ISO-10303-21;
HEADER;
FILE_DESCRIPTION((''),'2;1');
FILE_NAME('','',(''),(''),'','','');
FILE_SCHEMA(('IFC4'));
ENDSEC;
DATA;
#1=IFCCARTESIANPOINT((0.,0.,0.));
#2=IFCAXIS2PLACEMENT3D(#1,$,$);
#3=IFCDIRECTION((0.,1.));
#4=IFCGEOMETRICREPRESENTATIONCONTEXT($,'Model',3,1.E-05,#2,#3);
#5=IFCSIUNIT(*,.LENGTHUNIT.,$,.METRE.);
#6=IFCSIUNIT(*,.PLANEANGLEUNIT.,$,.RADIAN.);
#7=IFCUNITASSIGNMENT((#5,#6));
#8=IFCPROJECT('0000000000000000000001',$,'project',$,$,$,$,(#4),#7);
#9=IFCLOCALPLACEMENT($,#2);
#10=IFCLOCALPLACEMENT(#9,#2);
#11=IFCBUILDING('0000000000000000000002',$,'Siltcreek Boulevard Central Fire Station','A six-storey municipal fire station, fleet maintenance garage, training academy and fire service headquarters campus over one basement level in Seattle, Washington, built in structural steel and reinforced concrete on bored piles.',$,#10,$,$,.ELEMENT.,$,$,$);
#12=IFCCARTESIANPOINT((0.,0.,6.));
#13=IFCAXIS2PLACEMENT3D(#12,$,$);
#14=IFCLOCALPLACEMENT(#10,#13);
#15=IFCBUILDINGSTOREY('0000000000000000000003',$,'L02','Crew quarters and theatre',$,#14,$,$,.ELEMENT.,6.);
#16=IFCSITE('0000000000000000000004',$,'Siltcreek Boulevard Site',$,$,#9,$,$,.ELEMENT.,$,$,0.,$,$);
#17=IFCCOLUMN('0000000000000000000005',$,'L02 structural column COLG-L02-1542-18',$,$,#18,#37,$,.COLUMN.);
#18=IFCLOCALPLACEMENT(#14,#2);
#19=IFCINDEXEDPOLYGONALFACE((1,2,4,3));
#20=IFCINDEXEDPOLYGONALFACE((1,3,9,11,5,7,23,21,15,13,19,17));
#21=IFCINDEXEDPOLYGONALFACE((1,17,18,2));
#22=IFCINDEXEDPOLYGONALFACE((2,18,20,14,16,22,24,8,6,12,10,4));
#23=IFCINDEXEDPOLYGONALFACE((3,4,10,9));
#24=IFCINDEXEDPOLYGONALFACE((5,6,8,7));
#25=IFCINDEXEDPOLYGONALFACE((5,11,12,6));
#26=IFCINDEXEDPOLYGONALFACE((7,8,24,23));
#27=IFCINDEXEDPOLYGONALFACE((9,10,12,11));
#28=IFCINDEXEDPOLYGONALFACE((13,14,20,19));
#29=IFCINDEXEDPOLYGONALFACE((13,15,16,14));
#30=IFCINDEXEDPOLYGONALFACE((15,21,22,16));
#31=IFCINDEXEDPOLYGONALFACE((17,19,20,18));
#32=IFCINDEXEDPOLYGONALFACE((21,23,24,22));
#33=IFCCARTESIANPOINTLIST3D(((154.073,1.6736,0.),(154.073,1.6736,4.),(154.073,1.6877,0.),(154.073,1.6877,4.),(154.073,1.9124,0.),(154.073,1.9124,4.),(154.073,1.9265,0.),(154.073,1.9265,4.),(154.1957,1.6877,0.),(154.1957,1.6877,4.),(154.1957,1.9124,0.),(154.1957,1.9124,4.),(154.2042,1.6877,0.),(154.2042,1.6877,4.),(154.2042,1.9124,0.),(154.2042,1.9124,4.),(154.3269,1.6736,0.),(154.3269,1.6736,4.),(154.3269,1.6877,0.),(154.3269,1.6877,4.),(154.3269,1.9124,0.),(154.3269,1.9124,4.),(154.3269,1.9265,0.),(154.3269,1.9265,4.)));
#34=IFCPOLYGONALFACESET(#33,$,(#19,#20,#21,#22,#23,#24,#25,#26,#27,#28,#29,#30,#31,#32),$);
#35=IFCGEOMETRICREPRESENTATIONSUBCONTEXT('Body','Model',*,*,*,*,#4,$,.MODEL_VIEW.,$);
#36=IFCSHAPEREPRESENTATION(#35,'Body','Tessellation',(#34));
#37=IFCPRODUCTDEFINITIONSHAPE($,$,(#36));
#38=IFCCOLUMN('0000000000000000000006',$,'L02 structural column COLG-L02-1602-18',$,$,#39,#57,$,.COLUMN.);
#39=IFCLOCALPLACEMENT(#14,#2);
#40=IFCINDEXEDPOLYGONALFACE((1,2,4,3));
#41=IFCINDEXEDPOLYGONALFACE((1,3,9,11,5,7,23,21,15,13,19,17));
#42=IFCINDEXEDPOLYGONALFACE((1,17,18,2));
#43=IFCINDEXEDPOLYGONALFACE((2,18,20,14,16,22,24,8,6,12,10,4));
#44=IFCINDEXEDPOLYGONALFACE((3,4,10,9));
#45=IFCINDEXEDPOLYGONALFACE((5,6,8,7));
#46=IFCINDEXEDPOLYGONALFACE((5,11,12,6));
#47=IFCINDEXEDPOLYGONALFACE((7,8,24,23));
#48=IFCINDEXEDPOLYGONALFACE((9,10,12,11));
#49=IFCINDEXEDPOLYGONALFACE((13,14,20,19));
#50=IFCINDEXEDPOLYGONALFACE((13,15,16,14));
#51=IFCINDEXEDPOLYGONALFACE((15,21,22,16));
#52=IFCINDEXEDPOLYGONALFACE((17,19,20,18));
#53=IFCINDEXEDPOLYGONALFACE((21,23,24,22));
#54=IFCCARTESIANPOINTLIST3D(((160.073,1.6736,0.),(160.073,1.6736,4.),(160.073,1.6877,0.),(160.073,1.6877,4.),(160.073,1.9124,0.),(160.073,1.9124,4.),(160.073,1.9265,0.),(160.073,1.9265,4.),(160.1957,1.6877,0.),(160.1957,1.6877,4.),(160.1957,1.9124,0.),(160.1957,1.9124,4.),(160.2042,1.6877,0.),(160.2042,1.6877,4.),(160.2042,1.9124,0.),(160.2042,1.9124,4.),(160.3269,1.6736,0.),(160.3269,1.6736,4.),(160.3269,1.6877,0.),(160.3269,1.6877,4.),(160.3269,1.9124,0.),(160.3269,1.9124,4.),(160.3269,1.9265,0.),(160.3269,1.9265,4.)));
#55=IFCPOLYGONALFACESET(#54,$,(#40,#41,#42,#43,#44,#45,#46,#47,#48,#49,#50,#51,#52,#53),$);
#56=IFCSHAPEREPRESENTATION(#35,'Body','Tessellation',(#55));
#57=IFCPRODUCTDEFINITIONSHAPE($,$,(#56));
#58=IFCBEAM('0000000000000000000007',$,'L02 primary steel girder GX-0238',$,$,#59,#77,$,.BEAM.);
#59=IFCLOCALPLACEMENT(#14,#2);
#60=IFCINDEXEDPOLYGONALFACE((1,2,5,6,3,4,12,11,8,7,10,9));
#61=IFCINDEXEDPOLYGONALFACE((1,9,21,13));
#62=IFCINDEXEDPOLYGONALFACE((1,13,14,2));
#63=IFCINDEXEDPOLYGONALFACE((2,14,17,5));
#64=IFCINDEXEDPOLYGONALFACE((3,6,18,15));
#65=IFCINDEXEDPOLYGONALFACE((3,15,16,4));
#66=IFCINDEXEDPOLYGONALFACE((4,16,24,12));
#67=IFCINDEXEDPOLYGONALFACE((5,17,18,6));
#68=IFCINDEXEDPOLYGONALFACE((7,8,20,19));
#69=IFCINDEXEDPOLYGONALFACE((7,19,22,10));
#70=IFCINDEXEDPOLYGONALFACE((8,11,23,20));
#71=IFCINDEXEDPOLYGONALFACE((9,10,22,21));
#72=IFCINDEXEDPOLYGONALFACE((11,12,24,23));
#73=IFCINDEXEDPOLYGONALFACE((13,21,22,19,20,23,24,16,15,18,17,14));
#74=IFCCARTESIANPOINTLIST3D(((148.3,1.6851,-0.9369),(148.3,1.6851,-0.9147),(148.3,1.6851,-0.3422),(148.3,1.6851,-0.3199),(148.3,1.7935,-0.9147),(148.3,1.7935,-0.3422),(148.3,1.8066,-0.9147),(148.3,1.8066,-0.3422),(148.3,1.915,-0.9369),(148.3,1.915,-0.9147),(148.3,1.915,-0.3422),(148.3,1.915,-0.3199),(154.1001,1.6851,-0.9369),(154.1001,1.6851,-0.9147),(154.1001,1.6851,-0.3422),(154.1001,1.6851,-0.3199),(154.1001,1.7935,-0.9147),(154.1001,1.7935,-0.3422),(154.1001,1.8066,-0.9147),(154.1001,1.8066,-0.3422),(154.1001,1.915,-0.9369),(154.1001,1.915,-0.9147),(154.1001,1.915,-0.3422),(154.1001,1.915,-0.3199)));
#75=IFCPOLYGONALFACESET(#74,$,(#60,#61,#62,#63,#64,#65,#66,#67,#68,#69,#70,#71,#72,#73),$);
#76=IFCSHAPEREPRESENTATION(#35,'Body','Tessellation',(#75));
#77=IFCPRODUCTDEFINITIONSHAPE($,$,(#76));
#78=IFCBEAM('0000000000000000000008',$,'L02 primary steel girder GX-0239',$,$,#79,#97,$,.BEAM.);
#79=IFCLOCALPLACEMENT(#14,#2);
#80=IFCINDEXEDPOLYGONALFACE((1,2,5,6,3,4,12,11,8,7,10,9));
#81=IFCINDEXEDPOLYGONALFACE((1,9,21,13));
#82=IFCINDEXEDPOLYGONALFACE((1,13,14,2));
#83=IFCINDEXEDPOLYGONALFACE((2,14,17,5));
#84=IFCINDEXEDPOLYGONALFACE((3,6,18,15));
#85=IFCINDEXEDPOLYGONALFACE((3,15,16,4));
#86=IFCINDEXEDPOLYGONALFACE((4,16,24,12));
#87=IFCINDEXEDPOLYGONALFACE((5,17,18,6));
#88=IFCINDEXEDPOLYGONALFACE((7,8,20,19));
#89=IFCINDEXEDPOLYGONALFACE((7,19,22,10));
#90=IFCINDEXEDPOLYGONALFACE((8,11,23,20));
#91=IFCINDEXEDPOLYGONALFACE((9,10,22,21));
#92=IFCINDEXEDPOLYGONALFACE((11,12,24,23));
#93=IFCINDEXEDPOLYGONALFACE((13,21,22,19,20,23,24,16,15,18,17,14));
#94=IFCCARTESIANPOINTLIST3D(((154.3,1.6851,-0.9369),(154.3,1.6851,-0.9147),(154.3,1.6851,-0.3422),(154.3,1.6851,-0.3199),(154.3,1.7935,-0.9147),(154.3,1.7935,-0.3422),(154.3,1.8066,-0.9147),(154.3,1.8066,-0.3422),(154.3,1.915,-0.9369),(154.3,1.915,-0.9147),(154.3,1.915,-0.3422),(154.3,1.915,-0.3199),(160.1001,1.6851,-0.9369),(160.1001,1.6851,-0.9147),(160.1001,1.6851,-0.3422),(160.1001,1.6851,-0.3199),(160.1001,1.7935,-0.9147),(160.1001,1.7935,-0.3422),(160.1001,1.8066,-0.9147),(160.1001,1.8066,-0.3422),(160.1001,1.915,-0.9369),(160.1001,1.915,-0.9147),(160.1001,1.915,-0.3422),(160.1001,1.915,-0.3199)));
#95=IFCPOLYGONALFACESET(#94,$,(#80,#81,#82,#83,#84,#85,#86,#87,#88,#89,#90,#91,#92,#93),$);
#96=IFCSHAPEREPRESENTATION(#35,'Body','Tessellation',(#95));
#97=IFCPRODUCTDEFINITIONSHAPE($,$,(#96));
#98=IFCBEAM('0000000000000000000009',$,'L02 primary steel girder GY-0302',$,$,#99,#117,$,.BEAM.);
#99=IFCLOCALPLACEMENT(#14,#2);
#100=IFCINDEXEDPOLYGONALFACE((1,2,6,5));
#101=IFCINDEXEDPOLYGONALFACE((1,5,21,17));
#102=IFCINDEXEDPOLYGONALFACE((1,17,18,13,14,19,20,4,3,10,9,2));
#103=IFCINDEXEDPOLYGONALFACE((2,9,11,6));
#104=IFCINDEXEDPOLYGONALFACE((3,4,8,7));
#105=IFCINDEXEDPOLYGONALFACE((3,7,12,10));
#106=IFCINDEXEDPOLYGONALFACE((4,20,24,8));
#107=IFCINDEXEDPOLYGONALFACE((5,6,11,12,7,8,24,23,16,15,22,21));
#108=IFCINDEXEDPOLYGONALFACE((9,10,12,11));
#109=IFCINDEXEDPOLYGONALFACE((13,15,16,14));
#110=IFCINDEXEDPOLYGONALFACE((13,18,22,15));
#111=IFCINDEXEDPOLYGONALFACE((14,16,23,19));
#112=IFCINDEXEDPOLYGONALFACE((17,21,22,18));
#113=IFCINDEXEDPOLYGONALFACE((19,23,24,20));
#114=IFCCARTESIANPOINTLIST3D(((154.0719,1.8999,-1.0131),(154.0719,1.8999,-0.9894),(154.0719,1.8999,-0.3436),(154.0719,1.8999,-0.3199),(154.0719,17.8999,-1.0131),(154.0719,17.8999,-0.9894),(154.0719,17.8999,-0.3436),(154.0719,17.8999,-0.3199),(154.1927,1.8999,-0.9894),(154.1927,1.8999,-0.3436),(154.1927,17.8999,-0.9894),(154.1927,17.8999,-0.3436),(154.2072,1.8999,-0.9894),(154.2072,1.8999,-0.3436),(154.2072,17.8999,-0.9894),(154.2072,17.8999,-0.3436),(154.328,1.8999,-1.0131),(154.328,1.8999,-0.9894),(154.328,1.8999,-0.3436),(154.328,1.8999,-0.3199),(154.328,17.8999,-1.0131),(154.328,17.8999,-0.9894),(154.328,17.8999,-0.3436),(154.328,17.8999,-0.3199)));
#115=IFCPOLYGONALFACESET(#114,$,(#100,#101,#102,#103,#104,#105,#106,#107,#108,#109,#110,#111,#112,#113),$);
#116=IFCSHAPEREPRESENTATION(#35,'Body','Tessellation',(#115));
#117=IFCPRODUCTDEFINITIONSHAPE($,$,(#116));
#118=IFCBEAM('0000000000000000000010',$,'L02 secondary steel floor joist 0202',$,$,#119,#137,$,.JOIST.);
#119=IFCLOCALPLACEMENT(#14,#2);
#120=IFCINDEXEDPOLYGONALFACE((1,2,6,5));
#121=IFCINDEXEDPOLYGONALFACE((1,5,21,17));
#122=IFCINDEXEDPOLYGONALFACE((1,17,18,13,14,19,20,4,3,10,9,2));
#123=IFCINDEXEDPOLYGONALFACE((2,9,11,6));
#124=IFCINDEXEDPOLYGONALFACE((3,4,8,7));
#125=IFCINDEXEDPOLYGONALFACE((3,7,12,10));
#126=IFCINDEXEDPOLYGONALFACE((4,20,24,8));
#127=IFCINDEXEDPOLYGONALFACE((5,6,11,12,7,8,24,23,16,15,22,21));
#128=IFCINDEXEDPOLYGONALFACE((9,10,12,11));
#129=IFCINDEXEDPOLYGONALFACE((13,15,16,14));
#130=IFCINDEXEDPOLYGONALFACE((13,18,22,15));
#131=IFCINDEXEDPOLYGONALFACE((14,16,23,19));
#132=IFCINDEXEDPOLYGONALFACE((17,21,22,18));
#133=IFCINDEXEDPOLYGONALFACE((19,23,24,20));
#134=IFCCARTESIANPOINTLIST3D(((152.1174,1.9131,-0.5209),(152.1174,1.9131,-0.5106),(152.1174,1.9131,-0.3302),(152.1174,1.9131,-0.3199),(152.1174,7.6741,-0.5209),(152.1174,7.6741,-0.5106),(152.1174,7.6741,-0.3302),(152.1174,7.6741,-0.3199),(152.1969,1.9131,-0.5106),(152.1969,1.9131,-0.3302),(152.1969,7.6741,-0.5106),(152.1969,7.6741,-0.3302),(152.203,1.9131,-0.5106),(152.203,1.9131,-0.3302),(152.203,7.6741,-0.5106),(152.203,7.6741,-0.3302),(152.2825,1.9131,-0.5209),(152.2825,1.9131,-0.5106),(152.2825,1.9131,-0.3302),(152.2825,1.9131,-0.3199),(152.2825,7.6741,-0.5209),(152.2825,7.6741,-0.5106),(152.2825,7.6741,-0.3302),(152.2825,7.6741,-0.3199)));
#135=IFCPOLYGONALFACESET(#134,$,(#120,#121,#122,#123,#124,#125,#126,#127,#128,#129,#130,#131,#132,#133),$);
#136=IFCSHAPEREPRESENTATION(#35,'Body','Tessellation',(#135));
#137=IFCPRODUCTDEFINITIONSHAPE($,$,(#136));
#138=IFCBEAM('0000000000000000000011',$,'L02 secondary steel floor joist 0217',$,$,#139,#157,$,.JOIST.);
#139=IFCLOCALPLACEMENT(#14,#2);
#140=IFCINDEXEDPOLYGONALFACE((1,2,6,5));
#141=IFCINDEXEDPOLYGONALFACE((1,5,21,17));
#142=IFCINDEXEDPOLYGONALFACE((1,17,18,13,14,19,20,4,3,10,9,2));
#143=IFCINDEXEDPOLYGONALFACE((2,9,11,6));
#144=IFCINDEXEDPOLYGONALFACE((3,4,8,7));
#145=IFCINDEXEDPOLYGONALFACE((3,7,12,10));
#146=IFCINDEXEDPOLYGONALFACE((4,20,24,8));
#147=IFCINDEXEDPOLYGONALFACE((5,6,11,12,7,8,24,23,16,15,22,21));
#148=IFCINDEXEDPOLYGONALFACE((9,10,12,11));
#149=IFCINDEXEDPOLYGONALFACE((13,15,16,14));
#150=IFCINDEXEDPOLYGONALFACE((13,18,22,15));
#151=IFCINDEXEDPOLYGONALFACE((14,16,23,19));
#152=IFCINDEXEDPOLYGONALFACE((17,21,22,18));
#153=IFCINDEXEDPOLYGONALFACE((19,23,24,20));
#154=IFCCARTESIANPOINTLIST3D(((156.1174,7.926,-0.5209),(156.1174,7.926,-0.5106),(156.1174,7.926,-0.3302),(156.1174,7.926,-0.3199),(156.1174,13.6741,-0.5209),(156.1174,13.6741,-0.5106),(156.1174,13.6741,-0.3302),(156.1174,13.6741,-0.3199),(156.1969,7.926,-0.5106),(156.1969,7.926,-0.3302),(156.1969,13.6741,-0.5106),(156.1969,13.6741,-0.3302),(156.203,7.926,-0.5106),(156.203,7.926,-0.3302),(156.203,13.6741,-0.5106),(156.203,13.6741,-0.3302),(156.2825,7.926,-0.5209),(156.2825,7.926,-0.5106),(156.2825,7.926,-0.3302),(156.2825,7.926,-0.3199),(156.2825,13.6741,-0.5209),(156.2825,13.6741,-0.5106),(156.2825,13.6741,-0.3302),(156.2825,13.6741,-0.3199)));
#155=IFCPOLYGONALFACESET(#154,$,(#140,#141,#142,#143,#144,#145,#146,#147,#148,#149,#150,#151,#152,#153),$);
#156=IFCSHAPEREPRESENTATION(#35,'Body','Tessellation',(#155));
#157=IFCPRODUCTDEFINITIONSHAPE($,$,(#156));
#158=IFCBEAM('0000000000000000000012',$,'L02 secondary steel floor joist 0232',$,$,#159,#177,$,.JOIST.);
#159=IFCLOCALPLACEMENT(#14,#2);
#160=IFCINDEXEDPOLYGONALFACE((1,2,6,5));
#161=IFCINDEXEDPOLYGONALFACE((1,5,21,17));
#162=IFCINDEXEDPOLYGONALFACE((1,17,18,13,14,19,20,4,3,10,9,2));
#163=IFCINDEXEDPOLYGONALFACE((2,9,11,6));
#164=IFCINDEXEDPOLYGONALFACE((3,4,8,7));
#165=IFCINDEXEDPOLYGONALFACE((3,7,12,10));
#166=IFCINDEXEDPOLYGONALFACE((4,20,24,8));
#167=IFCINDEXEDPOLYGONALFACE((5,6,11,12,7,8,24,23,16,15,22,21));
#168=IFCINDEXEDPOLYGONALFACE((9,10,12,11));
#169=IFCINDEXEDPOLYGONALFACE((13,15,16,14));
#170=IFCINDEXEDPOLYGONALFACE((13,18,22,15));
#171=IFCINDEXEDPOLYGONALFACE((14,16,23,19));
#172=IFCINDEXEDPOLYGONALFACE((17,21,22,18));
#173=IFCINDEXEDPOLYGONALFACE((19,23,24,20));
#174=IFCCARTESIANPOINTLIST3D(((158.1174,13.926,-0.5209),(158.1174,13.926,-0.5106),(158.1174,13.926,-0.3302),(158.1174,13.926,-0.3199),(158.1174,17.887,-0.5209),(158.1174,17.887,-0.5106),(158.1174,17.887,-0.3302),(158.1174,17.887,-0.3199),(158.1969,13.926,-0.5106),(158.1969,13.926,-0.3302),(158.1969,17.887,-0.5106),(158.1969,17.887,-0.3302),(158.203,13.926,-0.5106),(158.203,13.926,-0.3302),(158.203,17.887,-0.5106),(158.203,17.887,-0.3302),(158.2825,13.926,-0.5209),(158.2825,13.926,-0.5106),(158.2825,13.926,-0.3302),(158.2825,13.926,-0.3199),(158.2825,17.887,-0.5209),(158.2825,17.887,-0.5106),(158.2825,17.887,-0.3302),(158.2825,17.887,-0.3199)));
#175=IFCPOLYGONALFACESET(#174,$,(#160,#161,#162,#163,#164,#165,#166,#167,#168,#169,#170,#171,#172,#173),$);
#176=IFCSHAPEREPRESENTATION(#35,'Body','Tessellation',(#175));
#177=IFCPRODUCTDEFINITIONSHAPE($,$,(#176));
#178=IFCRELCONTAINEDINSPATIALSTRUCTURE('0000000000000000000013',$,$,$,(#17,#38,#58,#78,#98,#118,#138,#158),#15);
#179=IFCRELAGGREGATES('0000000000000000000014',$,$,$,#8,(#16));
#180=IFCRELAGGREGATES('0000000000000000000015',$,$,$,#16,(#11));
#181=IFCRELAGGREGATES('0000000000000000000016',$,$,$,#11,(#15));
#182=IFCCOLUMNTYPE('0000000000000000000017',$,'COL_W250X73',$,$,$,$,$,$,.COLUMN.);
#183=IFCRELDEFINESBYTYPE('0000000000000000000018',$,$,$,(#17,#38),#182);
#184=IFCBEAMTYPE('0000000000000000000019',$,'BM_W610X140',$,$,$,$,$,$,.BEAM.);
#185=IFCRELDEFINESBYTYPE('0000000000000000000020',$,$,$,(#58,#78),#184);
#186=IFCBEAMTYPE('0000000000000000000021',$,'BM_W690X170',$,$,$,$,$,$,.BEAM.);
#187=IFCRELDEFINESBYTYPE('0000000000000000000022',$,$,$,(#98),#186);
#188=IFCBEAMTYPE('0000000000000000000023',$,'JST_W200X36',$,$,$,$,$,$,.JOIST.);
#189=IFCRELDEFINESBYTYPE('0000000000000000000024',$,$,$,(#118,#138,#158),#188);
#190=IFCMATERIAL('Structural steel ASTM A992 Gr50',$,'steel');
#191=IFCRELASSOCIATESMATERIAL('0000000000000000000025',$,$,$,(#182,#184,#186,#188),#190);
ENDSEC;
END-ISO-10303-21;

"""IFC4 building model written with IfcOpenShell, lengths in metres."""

from ifc_helpers import new_model, si_unit, direction, frame, origin, origin_2d, place, context, subcontext, project, spatial, i_section, extrude, material, material_profile, profile_set, type_object, element, save


model = new_model("IFC4")

# Units and contexts
model_context = context("Model", 3, precision=1e-05, world=origin(), true_north=direction((0.0, 1.0)))
body_context = subcontext(model_context, "Body", "Model", "MODEL_VIEW")
ifc_project = project(units=[si_unit("LENGTHUNIT", "METRE"), si_unit("PLANEANGLEUNIT", "RADIAN")], contexts=[model_context])

# Site, building, storey
site_placement = place(None, origin())
site = spatial("IfcSite", under=ifc_project, at=site_placement, Name="Siltcreek Boulevard Site", CompositionType="ELEMENT", RefElevation=0.0)
building_placement = place(site_placement, origin())
building = spatial("IfcBuilding", under=site, at=building_placement, Name="Siltcreek Boulevard Central Fire Station", Description="A six-storey municipal fire station, fleet maintenance garage, training academy and fire service headquarters campus over one basement level in Seattle, Washington, built in structural steel and reinforced concrete on bored piles.", CompositionType="ELEMENT")
storey_placement = place(building_placement, frame((0.0, 0.0, 6.0)))
storey = spatial("IfcBuildingStorey", under=building, at=storey_placement, Name="L02", Description="Crew quarters and theatre", CompositionType="ELEMENT", Elevation=6.0)

# Columns
ifc_material_1 = material(Name="Structural steel ASTM A992 Gr50", Category="steel")
ifc_material_profile_1 = material_profile(ifc_material_1, i_section(OverallWidth=0.2539, OverallDepth=0.2529, WebThickness=0.0085, FlangeThickness=0.0142, at=origin_2d()), Name="W250X73")
ifc_profile_set_1 = profile_set([ifc_material_profile_1], Name="Structural steel ASTM A992 Gr50")
column_type = type_object("IfcColumnType", Name="COL_W250X73", PredefinedType="COLUMN", material=ifc_profile_set_1)
for number, where, z_axis, x_axis, name in (
    (1, (154.2, 1.8, 0.0), (0.0, 0.0, 1.0), (1.0, 0.0, 0.0), "L02 structural column COLG-L02-1542-18"),
    (2, (160.2, 1.8, 0.0), (0.0, 0.0, 1.0), (1.0, 0.0, 0.0), "L02 structural column COLG-L02-1602-18"),
):
    element("IfcColumn", number, at=place(storey_placement, frame(where, z_axis=z_axis, x_axis=x_axis)), inside=storey, type_object=column_type, Name=name, PredefinedType="COLUMN", context=body_context, shape_type="SweptSolid", body=[
        extrude(i_section(OverallWidth=0.2539, OverallDepth=0.2529, WebThickness=0.0085, FlangeThickness=0.0142, at=origin_2d()), origin(), (0.0, 0.0, 1.0), 4.0),
    ])

# Beams
ifc_material_profile_2 = material_profile(ifc_material_1, i_section(OverallWidth=0.23, OverallDepth=0.6169, WebThickness=0.0132, FlangeThickness=0.0222, at=origin_2d()), Name="W610X140")
ifc_profile_set_2 = profile_set([ifc_material_profile_2], Name="Structural steel ASTM A992 Gr50")
beam_type_1 = type_object("IfcBeamType", Name="BM_W610X140", PredefinedType="BEAM", material=ifc_profile_set_2)
for number, where, z_axis, x_axis, name in (
    (3, (148.3, 1.8, -0.6284), (1.0, 0.0, 0.0), (0.0, 1.0, 0.0), "L02 primary steel girder GX-0238"),
    (4, (154.3, 1.8, -0.6284), (1.0, 0.0, 0.0), (0.0, 1.0, 0.0), "L02 primary steel girder GX-0239"),
):
    element("IfcBeam", number, at=place(storey_placement, frame(where, z_axis=z_axis, x_axis=x_axis)), inside=storey, type_object=beam_type_1, Name=name, PredefinedType="BEAM", context=body_context, shape_type="SweptSolid", body=[
        extrude(i_section(OverallWidth=0.23, OverallDepth=0.6169, WebThickness=0.0132, FlangeThickness=0.0222, at=origin_2d()), origin(), (0.0, 0.0, 1.0), 5.8),
    ])
ifc_material_profile_3 = material_profile(ifc_material_1, i_section(OverallWidth=0.2561, OverallDepth=0.6931, WebThickness=0.0144, FlangeThickness=0.0237, at=origin_2d()), Name="W690X170")
ifc_profile_set_3 = profile_set([ifc_material_profile_3], Name="Structural steel ASTM A992 Gr50")
beam_type_2 = type_object("IfcBeamType", Name="BM_W690X170", PredefinedType="BEAM", material=ifc_profile_set_3)
beam_1_placement = place(storey_placement, frame((154.2, 1.8999, -0.6665), z_axis=(0.0, 1.0, 0.0), x_axis=(-1.0, 0.0, 0.0)))
element("IfcBeam", 5, at=beam_1_placement, inside=storey, type_object=beam_type_2, Name="L02 primary steel girder GY-0302", PredefinedType="BEAM", context=body_context, shape_type="SweptSolid", body=[
    extrude(i_section(OverallWidth=0.2561, OverallDepth=0.6931, WebThickness=0.0144, FlangeThickness=0.0237, at=origin_2d()), origin(), (0.0, 0.0, 1.0), 16.0),
])
ifc_material_profile_4 = material_profile(ifc_material_1, i_section(OverallWidth=0.165, OverallDepth=0.2009, WebThickness=0.0061, FlangeThickness=0.0103, at=origin_2d()), Name="W200X36")
ifc_profile_set_4 = profile_set([ifc_material_profile_4], Name="Structural steel ASTM A992 Gr50")
beam_type_3 = type_object("IfcBeamType", Name="JST_W200X36", PredefinedType="JOIST", material=ifc_profile_set_4)
beam_2_placement = place(storey_placement, frame((152.2, 1.9131, -0.4204), z_axis=(0.0, 1.0, 0.0), x_axis=(-1.0, 0.0, 0.0)))
element("IfcBeam", 6, at=beam_2_placement, inside=storey, type_object=beam_type_3, Name="L02 secondary steel floor joist 0202", PredefinedType="JOIST", context=body_context, shape_type="SweptSolid", body=[
    extrude(i_section(OverallWidth=0.165, OverallDepth=0.2009, WebThickness=0.0061, FlangeThickness=0.0103, at=origin_2d()), origin(), (0.0, 0.0, 1.0), 5.761),
])
beam_3_placement = place(storey_placement, frame((156.2, 7.926, -0.4204), z_axis=(0.0, 1.0, 0.0), x_axis=(-1.0, 0.0, 0.0)))
element("IfcBeam", 7, at=beam_3_placement, inside=storey, type_object=beam_type_3, Name="L02 secondary steel floor joist 0217", PredefinedType="JOIST", context=body_context, shape_type="SweptSolid", body=[
    extrude(i_section(OverallWidth=0.165, OverallDepth=0.2009, WebThickness=0.0061, FlangeThickness=0.0103, at=origin_2d()), origin(), (0.0, 0.0, 1.0), 5.748),
])
beam_4_placement = place(storey_placement, frame((158.2, 13.926, -0.4204), z_axis=(0.0, 1.0, 0.0), x_axis=(-1.0, 0.0, 0.0)))
element("IfcBeam", 8, at=beam_4_placement, inside=storey, type_object=beam_type_3, Name="L02 secondary steel floor joist 0232", PredefinedType="JOIST", context=body_context, shape_type="SweptSolid", body=[
    extrude(i_section(OverallWidth=0.165, OverallDepth=0.2009, WebThickness=0.0061, FlangeThickness=0.0103, at=origin_2d()), origin(), (0.0, 0.0, 1.0), 3.9609),
])

save(model, "model.ifc")
